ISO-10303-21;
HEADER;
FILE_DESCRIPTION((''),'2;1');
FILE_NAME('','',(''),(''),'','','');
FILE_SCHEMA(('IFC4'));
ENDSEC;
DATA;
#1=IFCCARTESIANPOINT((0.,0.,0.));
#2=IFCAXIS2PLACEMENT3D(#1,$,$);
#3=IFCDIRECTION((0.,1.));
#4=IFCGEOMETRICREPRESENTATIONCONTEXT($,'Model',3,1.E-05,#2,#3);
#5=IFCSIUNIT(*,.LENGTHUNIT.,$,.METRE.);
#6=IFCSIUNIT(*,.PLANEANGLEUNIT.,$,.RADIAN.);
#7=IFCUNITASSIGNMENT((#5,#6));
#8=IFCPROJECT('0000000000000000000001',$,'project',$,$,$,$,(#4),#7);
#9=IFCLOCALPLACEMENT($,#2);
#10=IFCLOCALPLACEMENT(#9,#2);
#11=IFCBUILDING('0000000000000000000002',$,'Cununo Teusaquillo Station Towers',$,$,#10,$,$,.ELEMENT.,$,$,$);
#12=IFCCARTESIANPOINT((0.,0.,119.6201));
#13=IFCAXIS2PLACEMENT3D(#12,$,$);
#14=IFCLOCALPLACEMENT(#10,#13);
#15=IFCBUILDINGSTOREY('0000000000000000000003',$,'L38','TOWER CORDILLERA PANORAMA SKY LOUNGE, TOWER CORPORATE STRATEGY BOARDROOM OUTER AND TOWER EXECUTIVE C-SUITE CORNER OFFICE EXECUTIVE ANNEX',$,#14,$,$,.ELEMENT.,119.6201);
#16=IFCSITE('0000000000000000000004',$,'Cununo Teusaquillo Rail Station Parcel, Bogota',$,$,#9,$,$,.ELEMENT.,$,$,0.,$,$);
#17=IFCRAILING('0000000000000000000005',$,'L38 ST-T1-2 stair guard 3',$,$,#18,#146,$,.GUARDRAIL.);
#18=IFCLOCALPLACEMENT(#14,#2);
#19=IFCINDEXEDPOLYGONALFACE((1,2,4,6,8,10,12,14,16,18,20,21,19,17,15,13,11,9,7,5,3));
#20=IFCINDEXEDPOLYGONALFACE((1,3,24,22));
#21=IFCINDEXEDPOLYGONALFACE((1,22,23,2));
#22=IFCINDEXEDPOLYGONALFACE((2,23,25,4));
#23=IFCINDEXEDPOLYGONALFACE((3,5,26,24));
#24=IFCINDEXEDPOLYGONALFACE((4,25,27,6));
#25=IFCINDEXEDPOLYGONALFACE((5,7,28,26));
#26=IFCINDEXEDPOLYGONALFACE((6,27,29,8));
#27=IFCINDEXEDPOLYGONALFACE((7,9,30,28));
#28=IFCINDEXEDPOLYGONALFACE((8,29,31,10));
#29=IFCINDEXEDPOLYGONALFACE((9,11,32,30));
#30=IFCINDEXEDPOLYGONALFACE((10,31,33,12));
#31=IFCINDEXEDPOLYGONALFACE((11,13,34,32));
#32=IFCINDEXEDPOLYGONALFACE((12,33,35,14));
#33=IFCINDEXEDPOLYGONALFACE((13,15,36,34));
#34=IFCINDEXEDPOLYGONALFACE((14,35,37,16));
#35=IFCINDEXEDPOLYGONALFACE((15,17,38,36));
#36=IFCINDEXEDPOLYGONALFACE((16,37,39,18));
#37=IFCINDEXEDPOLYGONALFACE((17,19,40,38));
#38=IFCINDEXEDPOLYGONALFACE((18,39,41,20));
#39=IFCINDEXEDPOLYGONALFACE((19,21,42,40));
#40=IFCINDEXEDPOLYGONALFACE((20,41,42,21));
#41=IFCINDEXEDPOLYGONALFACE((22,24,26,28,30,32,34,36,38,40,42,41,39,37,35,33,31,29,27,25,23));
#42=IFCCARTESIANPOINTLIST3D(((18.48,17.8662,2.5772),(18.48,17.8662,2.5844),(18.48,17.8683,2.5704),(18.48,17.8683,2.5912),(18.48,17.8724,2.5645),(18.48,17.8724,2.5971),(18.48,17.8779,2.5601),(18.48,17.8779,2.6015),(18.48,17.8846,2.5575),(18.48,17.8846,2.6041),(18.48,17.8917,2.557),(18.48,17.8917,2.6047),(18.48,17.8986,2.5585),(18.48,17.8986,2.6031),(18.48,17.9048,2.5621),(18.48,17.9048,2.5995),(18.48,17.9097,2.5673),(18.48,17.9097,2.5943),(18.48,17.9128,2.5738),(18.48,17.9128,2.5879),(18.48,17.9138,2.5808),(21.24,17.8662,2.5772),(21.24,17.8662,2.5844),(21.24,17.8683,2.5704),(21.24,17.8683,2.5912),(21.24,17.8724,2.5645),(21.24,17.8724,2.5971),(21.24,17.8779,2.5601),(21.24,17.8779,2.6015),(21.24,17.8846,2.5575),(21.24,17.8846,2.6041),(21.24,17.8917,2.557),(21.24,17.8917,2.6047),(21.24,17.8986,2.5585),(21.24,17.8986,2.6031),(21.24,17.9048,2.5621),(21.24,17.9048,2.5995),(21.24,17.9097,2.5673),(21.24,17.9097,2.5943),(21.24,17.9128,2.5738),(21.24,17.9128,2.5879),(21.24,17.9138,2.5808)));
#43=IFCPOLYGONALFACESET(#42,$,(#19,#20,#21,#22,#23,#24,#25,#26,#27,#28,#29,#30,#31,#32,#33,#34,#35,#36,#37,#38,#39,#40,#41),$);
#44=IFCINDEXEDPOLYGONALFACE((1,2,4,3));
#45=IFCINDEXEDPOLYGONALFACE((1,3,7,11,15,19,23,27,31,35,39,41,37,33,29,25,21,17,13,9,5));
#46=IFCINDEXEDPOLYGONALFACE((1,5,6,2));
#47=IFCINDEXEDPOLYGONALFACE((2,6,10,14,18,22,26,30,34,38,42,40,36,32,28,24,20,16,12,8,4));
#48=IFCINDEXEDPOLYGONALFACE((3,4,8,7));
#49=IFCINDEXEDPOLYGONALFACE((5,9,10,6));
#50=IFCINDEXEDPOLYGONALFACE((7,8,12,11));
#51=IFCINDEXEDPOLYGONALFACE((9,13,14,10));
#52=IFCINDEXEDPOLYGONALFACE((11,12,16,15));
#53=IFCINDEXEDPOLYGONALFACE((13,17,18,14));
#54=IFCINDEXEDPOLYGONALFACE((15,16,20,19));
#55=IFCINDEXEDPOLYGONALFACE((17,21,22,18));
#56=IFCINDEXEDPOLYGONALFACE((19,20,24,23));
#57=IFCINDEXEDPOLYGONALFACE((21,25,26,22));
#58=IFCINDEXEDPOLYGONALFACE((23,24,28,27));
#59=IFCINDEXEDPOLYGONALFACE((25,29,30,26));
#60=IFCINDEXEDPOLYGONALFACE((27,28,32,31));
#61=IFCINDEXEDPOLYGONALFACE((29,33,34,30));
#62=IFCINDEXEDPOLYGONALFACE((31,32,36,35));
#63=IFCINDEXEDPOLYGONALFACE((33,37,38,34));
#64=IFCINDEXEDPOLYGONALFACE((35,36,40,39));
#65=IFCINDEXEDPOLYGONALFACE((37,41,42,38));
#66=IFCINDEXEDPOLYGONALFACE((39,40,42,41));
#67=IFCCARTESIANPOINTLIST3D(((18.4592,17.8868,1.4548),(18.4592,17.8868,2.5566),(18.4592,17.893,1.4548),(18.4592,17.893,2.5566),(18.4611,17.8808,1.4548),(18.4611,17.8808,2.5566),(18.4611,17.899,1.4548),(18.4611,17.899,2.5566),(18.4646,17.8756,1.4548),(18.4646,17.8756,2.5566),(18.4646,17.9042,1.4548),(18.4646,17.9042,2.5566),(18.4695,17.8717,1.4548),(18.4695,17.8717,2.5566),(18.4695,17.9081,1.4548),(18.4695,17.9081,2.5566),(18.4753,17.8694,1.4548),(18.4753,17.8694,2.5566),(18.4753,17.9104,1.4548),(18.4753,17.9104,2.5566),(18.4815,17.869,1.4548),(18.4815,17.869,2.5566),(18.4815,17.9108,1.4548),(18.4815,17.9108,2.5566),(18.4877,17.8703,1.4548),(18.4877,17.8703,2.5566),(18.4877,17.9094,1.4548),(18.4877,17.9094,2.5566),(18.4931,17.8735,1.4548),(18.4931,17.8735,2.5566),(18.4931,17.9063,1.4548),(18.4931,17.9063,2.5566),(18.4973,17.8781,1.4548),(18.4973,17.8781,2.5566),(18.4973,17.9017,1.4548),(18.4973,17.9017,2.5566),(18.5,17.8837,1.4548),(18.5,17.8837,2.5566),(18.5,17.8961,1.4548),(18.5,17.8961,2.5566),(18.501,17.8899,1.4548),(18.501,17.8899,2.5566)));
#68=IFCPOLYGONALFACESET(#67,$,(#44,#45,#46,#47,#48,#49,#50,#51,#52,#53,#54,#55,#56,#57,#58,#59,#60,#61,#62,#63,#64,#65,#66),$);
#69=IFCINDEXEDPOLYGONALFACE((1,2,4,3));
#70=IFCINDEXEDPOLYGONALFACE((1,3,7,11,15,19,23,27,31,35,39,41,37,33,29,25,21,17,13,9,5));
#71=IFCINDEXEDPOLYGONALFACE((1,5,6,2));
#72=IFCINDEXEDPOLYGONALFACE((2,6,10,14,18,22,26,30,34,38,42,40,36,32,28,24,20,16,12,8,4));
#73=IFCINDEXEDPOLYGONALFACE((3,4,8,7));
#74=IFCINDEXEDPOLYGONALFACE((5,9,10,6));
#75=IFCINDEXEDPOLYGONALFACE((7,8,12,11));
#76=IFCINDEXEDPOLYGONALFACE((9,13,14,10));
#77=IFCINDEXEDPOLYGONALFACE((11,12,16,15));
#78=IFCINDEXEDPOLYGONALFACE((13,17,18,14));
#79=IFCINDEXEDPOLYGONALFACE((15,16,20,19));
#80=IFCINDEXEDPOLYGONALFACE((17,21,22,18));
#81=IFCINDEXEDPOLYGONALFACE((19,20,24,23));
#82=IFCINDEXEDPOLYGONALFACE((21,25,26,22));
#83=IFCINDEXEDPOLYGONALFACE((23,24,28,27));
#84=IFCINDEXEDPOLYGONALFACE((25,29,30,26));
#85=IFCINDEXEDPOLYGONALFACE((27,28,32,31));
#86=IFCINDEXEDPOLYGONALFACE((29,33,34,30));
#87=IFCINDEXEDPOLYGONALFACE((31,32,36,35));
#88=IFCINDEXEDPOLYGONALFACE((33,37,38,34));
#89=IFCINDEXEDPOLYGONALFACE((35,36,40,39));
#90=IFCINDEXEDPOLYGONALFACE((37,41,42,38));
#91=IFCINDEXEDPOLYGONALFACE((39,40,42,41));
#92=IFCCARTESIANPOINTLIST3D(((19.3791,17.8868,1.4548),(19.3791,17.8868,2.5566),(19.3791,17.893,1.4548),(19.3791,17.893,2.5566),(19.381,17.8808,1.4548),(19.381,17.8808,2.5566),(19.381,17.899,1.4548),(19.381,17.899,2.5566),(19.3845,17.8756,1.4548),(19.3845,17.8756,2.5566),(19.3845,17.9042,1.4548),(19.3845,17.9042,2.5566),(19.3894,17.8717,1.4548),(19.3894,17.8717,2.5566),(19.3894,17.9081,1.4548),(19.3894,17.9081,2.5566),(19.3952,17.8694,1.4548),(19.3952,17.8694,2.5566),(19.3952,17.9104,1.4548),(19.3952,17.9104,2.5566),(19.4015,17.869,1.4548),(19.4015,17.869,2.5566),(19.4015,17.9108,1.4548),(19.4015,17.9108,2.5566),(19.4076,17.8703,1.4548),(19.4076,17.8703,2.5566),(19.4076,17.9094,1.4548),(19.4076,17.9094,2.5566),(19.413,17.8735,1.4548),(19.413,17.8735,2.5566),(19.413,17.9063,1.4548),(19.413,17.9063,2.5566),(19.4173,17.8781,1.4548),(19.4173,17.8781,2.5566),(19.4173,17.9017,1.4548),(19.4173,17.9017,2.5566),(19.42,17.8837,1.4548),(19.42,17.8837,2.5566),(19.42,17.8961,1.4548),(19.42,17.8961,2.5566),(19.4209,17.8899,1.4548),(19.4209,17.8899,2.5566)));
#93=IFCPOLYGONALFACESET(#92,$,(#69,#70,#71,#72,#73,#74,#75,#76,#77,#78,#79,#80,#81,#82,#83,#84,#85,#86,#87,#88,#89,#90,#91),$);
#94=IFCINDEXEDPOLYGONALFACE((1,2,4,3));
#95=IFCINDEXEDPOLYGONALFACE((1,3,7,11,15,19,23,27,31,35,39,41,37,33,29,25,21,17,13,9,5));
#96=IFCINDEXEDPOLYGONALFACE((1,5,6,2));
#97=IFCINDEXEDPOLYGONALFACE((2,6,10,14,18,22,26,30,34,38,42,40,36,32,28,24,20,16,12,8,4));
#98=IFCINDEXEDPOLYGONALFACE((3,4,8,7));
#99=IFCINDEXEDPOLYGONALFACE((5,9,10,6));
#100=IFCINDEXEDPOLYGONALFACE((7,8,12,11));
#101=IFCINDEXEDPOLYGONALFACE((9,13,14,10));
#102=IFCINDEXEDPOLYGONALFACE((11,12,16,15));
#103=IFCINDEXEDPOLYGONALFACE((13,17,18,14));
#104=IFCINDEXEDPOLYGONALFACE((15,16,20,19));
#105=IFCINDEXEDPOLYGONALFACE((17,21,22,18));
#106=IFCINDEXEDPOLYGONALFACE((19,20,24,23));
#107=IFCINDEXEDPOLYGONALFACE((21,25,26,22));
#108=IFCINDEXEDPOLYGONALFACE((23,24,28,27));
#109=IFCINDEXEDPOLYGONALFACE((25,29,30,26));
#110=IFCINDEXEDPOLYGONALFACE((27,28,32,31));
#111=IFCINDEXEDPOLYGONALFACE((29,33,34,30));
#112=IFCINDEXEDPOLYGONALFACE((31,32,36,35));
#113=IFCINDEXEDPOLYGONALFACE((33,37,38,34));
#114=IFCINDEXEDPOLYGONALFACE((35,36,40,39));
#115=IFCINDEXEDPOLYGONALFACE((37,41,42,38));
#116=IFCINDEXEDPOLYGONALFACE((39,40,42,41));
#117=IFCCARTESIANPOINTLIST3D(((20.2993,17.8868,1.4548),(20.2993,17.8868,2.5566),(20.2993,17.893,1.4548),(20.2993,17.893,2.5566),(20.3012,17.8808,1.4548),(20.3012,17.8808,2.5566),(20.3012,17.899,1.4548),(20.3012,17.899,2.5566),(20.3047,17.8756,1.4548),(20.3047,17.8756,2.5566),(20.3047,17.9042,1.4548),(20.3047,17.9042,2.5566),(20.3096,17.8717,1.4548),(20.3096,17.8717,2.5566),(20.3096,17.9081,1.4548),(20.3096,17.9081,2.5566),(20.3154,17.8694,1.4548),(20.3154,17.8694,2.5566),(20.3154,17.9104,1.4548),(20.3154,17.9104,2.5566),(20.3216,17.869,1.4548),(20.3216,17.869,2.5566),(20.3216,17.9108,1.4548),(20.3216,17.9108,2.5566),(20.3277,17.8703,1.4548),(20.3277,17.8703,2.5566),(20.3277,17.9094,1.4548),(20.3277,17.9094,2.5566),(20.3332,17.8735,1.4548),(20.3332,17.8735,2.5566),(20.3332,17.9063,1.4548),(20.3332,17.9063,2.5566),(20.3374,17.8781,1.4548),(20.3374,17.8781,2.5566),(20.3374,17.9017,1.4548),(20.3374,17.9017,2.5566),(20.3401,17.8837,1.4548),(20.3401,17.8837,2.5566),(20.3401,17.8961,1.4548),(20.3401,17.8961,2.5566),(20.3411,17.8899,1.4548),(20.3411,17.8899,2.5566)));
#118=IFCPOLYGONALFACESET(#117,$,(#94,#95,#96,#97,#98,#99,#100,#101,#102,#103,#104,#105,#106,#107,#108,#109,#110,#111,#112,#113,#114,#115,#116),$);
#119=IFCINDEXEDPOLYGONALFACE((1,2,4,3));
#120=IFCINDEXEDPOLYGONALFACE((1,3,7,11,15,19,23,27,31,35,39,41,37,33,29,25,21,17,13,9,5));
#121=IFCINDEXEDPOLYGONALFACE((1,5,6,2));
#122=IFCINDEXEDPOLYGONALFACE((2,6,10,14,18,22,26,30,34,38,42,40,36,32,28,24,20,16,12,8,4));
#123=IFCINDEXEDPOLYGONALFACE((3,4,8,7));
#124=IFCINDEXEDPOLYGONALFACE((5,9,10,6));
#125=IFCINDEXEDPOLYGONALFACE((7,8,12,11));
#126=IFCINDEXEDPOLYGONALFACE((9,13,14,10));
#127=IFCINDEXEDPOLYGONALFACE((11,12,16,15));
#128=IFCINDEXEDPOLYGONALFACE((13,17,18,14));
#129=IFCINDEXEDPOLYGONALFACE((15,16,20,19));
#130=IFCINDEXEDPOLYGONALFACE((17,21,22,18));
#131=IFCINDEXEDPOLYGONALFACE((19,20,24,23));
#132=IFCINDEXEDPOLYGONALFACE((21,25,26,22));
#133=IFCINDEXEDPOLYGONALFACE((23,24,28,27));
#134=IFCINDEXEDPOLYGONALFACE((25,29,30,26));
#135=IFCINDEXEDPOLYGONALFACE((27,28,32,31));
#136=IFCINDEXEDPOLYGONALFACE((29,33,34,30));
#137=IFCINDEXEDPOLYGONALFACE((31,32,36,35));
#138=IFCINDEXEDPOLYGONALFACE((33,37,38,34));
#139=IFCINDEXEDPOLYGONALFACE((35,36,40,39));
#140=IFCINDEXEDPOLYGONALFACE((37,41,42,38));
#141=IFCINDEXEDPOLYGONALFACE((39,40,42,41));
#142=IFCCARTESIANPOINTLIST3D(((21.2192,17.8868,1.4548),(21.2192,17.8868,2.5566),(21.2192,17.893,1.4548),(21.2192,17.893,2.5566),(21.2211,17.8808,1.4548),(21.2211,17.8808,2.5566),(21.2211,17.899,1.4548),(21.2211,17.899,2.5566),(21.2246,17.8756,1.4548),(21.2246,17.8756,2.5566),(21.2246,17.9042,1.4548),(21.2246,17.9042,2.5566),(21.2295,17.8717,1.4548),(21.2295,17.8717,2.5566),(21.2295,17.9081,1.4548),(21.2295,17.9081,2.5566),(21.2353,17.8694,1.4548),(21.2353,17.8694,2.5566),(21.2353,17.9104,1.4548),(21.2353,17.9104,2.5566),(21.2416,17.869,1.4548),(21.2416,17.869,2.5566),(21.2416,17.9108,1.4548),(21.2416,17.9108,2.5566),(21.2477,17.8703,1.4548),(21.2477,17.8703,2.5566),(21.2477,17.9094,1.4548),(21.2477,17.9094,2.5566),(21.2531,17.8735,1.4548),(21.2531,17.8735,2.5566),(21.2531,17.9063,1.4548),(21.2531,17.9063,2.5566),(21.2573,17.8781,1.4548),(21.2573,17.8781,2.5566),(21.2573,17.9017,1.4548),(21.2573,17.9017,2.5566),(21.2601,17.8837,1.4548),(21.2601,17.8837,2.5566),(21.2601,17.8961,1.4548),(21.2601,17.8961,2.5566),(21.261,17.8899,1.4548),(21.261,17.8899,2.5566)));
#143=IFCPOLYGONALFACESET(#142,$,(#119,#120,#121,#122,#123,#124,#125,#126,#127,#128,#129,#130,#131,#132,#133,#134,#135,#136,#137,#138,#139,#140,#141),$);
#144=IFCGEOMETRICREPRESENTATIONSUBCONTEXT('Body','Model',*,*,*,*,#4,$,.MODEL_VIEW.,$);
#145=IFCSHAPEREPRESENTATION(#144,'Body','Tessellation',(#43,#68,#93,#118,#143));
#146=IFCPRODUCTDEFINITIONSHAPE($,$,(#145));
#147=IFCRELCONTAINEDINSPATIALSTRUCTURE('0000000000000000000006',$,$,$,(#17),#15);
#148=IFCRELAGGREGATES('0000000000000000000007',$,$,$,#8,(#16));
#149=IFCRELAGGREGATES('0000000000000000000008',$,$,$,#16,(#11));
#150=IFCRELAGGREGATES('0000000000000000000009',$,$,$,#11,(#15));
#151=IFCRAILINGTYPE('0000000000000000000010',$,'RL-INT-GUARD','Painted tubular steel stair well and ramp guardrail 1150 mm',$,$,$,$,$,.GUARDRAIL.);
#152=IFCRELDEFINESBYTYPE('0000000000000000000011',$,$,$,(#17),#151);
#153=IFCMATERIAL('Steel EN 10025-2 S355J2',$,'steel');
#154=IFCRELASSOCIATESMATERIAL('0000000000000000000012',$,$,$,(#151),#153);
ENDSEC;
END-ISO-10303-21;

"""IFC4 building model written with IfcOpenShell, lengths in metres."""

from ifc_helpers import new_model, si_unit, direction, frame, origin, origin_2d, place, context, subcontext, project, spatial, circle, extrude, material, type_object, element, save


model = new_model("IFC4")

# Units and contexts
model_context = context("Model", 3, precision=1e-05, world=origin(), true_north=direction((0.0, 1.0)))
body_context = subcontext(model_context, "Body", "Model", "MODEL_VIEW")
ifc_project = project(units=[si_unit("LENGTHUNIT", "METRE"), si_unit("PLANEANGLEUNIT", "RADIAN")], contexts=[model_context])

# Site, building, storey
site_placement = place(None, origin())
site = spatial("IfcSite", under=ifc_project, at=site_placement, Name="Cununo Teusaquillo Rail Station Parcel, Bogota", CompositionType="ELEMENT", RefElevation=0.0)
building_placement = place(site_placement, origin())
building = spatial("IfcBuilding", under=site, at=building_placement, Name="Cununo Teusaquillo Station Towers", CompositionType="ELEMENT")
storey_placement = place(building_placement, frame((0.0, 0.0, 119.6201)))
storey = spatial("IfcBuildingStorey", under=building, at=storey_placement, Name="L38", Description="TOWER CORDILLERA PANORAMA SKY LOUNGE, TOWER CORPORATE STRATEGY BOARDROOM OUTER AND TOWER EXECUTIVE C-SUITE CORNER OFFICE EXECUTIVE ANNEX", CompositionType="ELEMENT", Elevation=119.6201)

# Railing
ifc_material_1 = material(Name="Steel EN 10025-2 S355J2", Category="steel")
railing_type_1 = type_object("IfcRailingType", Name="RL-INT-GUARD", Description="Painted tubular steel stair well and ramp guardrail 1150 mm", PredefinedType="GUARDRAIL", material=ifc_material_1)
railing_1_placement = place(storey_placement, frame((18.48, 17.8899, 1.4548)))
element("IfcRailing", 1, at=railing_1_placement, inside=storey, type_object=railing_type_1, Name="L38 ST-T1-2 stair guard 3", PredefinedType="GUARDRAIL", context=body_context, shape_type="SweptSolid", body=[
    extrude(circle(Radius=0.0239, at=origin_2d()), frame((0.0, 0.0, 1.126), z_axis=(1.0, 0.0, 0.0), x_axis=(0.0, 1.0, 0.0)), (0.0, 0.0, 1.0), 2.76),
    extrude(circle(Radius=0.021, at=origin_2d()), origin(), (0.0, 0.0, 1.0), 1.1018),
    extrude(circle(Radius=0.021, at=origin_2d()), frame((0.9199, 0.0, 0.0)), (0.0, 0.0, 1.0), 1.1018),
    extrude(circle(Radius=0.021, at=origin_2d()), frame((1.8401, 0.0, 0.0)), (0.0, 0.0, 1.0), 1.1018),
    extrude(circle(Radius=0.021, at=origin_2d()), frame((2.76, 0.0, 0.0)), (0.0, 0.0, 1.0), 1.1018),
])

save(model, "model.ifc")
